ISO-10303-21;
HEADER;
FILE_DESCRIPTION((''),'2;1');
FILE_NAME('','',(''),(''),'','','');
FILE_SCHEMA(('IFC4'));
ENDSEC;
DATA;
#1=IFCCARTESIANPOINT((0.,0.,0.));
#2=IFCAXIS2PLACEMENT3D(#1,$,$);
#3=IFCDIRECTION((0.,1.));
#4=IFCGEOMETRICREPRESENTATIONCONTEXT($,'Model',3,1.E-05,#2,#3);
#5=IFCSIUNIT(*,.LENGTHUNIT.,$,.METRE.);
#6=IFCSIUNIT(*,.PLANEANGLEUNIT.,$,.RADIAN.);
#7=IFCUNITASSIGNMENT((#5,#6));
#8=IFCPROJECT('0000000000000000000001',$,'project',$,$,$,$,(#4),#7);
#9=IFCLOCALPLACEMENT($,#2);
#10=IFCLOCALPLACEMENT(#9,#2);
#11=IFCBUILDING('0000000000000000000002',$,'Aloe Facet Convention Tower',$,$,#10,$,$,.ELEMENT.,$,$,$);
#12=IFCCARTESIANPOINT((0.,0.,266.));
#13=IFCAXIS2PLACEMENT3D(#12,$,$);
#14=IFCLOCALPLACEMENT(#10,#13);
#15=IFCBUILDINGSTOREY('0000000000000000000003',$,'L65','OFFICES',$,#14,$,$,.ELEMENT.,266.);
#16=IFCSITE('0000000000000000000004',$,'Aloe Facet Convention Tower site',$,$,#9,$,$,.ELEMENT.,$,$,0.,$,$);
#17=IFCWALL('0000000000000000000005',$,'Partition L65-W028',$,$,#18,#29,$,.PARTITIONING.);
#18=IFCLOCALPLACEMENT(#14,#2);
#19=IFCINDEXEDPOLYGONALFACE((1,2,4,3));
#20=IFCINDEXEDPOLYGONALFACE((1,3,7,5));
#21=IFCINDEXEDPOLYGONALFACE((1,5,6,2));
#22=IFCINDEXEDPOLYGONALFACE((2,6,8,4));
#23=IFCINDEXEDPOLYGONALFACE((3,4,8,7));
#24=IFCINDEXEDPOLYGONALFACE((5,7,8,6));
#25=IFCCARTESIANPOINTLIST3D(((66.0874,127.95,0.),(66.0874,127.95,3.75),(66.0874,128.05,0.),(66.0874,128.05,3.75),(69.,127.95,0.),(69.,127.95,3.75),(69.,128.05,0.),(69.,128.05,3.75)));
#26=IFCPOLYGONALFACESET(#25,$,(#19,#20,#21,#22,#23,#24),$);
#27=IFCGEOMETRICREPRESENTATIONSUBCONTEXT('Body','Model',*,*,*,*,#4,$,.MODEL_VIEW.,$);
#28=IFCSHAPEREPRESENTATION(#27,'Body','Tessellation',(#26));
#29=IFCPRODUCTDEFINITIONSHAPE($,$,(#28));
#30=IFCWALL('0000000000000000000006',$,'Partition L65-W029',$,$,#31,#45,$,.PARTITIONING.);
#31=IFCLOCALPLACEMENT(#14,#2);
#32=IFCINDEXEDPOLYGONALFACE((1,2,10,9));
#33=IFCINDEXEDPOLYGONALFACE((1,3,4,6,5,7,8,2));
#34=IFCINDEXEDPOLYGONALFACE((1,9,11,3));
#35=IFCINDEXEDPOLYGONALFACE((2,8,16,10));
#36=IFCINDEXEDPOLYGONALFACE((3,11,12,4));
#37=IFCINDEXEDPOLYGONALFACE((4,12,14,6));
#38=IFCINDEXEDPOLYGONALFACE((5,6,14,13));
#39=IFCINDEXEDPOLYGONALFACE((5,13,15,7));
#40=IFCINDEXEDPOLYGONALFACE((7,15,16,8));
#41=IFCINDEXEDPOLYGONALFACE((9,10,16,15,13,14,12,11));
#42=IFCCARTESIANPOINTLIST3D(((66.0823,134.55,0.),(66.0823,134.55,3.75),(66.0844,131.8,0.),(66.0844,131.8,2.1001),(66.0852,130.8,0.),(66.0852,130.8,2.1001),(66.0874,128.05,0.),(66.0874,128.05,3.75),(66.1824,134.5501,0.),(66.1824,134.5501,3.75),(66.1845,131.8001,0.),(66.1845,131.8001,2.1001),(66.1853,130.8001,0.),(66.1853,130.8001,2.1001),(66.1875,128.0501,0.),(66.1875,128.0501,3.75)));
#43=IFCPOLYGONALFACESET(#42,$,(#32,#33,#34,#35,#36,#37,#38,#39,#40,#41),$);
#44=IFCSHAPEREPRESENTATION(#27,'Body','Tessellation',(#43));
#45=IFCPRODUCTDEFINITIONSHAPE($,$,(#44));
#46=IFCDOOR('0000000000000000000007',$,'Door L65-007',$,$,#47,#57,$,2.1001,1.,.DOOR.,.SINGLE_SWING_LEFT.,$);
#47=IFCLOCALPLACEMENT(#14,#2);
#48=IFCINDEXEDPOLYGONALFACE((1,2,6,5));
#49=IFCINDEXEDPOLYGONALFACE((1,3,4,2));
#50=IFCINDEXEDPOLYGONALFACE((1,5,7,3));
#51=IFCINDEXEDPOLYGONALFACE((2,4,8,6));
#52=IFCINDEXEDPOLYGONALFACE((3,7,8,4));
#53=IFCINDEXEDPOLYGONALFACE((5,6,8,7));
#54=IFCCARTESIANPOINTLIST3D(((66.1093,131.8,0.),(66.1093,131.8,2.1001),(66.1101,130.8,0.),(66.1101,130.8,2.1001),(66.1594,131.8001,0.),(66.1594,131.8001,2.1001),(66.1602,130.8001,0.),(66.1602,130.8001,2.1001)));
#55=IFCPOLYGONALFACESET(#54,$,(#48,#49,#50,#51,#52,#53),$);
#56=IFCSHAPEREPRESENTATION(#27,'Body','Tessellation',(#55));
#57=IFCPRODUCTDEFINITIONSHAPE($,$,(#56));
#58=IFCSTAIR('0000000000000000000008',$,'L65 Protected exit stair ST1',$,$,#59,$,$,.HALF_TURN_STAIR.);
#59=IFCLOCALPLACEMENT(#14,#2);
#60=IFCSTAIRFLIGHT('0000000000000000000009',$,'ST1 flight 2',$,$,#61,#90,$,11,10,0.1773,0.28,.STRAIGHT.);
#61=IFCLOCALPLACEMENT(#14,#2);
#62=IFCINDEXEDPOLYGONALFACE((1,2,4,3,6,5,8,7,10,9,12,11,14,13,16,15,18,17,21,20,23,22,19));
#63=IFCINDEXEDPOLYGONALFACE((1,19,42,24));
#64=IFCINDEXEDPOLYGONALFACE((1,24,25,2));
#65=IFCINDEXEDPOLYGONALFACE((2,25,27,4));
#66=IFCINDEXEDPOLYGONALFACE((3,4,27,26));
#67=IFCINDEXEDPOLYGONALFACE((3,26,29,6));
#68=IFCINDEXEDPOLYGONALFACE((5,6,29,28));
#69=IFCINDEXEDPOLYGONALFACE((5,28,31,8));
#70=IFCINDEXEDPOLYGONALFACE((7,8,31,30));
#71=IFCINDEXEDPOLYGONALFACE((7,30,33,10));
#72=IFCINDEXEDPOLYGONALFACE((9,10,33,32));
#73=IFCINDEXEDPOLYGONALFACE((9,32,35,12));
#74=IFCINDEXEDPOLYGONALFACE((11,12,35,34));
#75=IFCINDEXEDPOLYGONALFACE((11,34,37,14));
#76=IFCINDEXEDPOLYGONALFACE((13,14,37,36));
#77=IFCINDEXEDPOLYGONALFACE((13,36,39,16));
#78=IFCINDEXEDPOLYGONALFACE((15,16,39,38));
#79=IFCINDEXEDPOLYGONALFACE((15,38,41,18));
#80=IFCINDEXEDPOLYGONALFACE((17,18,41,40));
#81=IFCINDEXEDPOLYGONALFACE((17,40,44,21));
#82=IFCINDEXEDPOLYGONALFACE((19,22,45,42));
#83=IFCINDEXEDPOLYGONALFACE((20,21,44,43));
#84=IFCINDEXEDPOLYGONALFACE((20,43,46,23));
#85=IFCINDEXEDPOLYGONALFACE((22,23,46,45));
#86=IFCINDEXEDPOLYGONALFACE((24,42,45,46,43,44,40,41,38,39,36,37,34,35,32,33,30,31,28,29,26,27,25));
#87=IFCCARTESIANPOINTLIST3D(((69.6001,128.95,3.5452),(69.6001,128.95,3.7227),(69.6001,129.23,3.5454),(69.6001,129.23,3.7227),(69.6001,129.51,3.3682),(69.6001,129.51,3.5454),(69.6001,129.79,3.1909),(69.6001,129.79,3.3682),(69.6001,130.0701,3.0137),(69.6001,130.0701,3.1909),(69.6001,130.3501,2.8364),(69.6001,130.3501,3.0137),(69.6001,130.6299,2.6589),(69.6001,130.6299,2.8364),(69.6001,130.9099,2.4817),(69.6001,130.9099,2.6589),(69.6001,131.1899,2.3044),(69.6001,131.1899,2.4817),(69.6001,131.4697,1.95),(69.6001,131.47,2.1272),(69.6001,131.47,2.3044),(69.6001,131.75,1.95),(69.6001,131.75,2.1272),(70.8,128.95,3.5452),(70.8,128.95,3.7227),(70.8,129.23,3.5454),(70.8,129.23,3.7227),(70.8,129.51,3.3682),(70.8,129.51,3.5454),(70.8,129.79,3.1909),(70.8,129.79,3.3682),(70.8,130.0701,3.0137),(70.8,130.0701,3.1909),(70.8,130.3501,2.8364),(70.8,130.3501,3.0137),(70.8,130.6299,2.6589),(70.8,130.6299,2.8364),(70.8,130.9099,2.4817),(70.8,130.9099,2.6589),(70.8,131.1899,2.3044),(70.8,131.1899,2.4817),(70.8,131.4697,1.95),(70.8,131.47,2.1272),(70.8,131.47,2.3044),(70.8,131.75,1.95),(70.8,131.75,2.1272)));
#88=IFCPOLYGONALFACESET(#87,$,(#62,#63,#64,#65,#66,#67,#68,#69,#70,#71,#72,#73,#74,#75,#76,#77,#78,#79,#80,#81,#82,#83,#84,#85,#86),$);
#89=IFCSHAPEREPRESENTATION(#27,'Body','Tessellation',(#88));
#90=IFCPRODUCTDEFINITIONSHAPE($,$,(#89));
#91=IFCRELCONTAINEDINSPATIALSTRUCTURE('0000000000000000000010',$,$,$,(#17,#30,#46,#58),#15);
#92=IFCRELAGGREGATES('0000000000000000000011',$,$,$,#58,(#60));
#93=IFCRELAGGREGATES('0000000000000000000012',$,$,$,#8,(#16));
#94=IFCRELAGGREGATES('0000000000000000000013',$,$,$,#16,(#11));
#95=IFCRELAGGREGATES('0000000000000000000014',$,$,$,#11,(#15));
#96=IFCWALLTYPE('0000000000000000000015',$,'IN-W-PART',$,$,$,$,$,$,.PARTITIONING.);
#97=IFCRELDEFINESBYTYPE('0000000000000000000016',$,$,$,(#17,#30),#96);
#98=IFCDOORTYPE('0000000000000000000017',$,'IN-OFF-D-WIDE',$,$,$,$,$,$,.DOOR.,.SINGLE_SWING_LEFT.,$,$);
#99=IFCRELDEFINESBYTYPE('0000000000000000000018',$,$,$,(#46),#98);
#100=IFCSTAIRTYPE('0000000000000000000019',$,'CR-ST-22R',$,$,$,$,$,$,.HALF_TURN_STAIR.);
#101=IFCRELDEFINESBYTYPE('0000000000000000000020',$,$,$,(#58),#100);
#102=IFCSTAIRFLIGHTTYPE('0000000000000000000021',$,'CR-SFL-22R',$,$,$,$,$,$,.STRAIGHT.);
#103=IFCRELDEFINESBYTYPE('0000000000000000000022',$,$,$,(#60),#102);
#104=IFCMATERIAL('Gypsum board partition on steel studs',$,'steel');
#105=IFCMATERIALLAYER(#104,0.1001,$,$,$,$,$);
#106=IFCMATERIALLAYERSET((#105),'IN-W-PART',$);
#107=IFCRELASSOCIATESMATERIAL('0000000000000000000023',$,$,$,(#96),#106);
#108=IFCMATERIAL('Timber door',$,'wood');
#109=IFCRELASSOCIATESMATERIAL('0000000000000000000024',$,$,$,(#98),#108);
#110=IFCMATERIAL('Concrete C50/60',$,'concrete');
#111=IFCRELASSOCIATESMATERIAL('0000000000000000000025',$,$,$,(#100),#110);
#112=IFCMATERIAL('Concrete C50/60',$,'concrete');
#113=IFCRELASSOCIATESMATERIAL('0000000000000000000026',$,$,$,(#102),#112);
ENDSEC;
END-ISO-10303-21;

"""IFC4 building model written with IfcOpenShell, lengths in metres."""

from ifc_helpers import new_model, si_unit, direction, frame, frame_2d, origin, place, context, subcontext, project, spatial, polyline, rectangle, outline, extrude, material, layer, layer_set, type_object, element, fill, aggregate, save


model = new_model("IFC4")

# Units and contexts
model_context = context("Model", 3, precision=1e-05, world=origin(), true_north=direction((0.0, 1.0)))
body_context = subcontext(model_context, "Body", "Model", "MODEL_VIEW")
ifc_project = project(units=[si_unit("LENGTHUNIT", "METRE"), si_unit("PLANEANGLEUNIT", "RADIAN")], contexts=[model_context])

# Site, building, storey
site_placement = place(None, origin())
site = spatial("IfcSite", under=ifc_project, at=site_placement, Name="Aloe Facet Convention Tower site", CompositionType="ELEMENT", RefElevation=0.0)
building_placement = place(site_placement, origin())
building = spatial("IfcBuilding", under=site, at=building_placement, Name="Aloe Facet Convention Tower", CompositionType="ELEMENT")
storey_placement = place(building_placement, frame((0.0, 0.0, 266.0)))
storey = spatial("IfcBuildingStorey", under=building, at=storey_placement, Name="L65", Description="OFFICES", CompositionType="ELEMENT", Elevation=266.0)

# Wall
ifc_material_1 = material(Name="Gypsum board partition on steel studs", Category="steel")
ifc_layer_1 = layer(ifc_material_1, 0.1001)
ifc_layer_set_1 = layer_set([ifc_layer_1], Name="IN-W-PART")
wall_type_1 = type_object("IfcWallType", Name="IN-W-PART", PredefinedType="PARTITIONING", material=ifc_layer_set_1)
wall_1_placement = place(storey_placement, frame((66.0874, 128.0, 0.0), z_axis=(0.0, 0.0, 1.0), x_axis=(1.0, 0.0, 0.0)))
element("IfcWall", 1, at=wall_1_placement, inside=storey, type_object=wall_type_1, Name="Partition L65-W028", PredefinedType="PARTITIONING", context=body_context, shape_type="SweptSolid", body=[
    extrude(rectangle(XDim=2.9126, YDim=0.1001, at=frame_2d((1.4563, 0.0))), origin(), (0.0, 0.0, 1.0), 3.75),
])

# Wall, opening, door
wall_2_placement = place(storey_placement, frame((66.1323, 134.55, 0.0), z_axis=(0.0, 0.0, 1.0), x_axis=(0.000789, -1.0, 0.0)))
wall_2 = element("IfcWall", 2, at=wall_2_placement, inside=storey, type_object=wall_type_1, Name="Partition L65-W029", PredefinedType="PARTITIONING", context=body_context, shape_type="SweptSolid", body=[
    extrude(rectangle(XDim=6.5, YDim=0.1001, at=frame_2d((3.25, 0.0))), origin(), (0.0, 0.0, 1.0), 3.75),
])
opening_1_placement = place(wall_2_placement, frame((2.75, 0.0, 0.0)))
opening_1 = element("IfcOpeningElement", 3, at=opening_1_placement, cuts=wall_2, PredefinedType="OPENING", context=body_context, shape_type="SweptSolid", body=[
    extrude(rectangle(XDim=1.0, YDim=2.1001, at=frame_2d((0.5, 1.05))), frame((0.0, 0.0601, 0.0), z_axis=(0.0, -1.0, 0.0), x_axis=(1.0, 0.0, 0.0)), (0.0, 0.0, 1.0), 0.1201),
])
ifc_material_2 = material(Name="Timber door", Category="wood")
door_type = type_object("IfcDoorType", Name="IN-OFF-D-WIDE", OperationType="SINGLE_SWING_LEFT", PredefinedType="DOOR", material=ifc_material_2)
door_placement = place(opening_1_placement, origin())
door = element("IfcDoor", 4, at=door_placement, inside=storey, type_object=door_type, Name="Door L65-007", OperationType="SINGLE_SWING_LEFT", OverallHeight=2.1001, OverallWidth=1.0, PredefinedType="DOOR", context=body_context, shape_type="SweptSolid", body=[
    extrude(rectangle(XDim=1.0, YDim=2.1001, at=frame_2d((0.5, 1.05))), frame((0.0, 0.0249, 0.0), z_axis=(0.0, -1.0, 0.0), x_axis=(1.0, 0.0, 0.0)), (0.0, 0.0, 1.0), 0.05),
])
fill(opening_1, door)

# Stair, stair flight
ifc_material_3 = material(Name="Concrete C50/60", Category="concrete")
stair_type = type_object("IfcStairType", Name="CR-ST-22R", PredefinedType="HALF_TURN_STAIR", material=ifc_material_3)
stair_placement = place(storey_placement, origin())
stair = element("IfcStair", 5, at=stair_placement, inside=storey, type_object=stair_type, Name="L65 Protected exit stair ST1", PredefinedType="HALF_TURN_STAIR")
ifc_material_4 = material(Name="Concrete C50/60", Category="concrete")
stair_flight_type = type_object("IfcStairFlightType", Name="CR-SFL-22R", PredefinedType="STRAIGHT", material=ifc_material_4)
stair_flight_placement = place(storey_placement, frame((70.2, 131.75, 1.95), z_axis=(0.0, 0.0, 1.0), x_axis=(0.0, -1.0, 0.0)))
stair_flight = element("IfcStairFlight", 6, at=stair_flight_placement, type_object=stair_flight_type, Name="ST1 flight 2", NumberOfRisers=11, NumberOfTreads=10, PredefinedType="STRAIGHT", RiserHeight=0.1773, TreadLength=0.28, context=body_context, shape_type="SweptSolid", body=[
    extrude(outline(polyline([(0.0, 0.0), (0.0, 0.1772), (0.28, 0.1772), (0.28, 0.3545), (0.5601, 0.3545), (0.5601, 0.5317), (0.8401, 0.5317), (0.8401, 0.709), (1.1201, 0.709), (1.1201, 0.8865), (1.3999, 0.8865), (1.3999, 1.0637), (1.6799, 1.0637), (1.6799, 1.241), (1.96, 1.241), (1.96, 1.4182), (2.24, 1.4182), (2.24, 1.5955), (2.52, 1.5955), (2.52, 1.7727), (2.8, 1.7727), (2.8, 1.95), (2.8, 1.5952), (0.2803, 0.0), (0.0, 0.0)])), frame((0.0, 0.6001, 0.0), z_axis=(0.0, -1.0, 0.0), x_axis=(1.0, 0.0, 0.0)), (0.0, 0.0, 1.0), 1.2),
])
aggregate(stair, [stair_flight])

save(model, "model.ifc")
